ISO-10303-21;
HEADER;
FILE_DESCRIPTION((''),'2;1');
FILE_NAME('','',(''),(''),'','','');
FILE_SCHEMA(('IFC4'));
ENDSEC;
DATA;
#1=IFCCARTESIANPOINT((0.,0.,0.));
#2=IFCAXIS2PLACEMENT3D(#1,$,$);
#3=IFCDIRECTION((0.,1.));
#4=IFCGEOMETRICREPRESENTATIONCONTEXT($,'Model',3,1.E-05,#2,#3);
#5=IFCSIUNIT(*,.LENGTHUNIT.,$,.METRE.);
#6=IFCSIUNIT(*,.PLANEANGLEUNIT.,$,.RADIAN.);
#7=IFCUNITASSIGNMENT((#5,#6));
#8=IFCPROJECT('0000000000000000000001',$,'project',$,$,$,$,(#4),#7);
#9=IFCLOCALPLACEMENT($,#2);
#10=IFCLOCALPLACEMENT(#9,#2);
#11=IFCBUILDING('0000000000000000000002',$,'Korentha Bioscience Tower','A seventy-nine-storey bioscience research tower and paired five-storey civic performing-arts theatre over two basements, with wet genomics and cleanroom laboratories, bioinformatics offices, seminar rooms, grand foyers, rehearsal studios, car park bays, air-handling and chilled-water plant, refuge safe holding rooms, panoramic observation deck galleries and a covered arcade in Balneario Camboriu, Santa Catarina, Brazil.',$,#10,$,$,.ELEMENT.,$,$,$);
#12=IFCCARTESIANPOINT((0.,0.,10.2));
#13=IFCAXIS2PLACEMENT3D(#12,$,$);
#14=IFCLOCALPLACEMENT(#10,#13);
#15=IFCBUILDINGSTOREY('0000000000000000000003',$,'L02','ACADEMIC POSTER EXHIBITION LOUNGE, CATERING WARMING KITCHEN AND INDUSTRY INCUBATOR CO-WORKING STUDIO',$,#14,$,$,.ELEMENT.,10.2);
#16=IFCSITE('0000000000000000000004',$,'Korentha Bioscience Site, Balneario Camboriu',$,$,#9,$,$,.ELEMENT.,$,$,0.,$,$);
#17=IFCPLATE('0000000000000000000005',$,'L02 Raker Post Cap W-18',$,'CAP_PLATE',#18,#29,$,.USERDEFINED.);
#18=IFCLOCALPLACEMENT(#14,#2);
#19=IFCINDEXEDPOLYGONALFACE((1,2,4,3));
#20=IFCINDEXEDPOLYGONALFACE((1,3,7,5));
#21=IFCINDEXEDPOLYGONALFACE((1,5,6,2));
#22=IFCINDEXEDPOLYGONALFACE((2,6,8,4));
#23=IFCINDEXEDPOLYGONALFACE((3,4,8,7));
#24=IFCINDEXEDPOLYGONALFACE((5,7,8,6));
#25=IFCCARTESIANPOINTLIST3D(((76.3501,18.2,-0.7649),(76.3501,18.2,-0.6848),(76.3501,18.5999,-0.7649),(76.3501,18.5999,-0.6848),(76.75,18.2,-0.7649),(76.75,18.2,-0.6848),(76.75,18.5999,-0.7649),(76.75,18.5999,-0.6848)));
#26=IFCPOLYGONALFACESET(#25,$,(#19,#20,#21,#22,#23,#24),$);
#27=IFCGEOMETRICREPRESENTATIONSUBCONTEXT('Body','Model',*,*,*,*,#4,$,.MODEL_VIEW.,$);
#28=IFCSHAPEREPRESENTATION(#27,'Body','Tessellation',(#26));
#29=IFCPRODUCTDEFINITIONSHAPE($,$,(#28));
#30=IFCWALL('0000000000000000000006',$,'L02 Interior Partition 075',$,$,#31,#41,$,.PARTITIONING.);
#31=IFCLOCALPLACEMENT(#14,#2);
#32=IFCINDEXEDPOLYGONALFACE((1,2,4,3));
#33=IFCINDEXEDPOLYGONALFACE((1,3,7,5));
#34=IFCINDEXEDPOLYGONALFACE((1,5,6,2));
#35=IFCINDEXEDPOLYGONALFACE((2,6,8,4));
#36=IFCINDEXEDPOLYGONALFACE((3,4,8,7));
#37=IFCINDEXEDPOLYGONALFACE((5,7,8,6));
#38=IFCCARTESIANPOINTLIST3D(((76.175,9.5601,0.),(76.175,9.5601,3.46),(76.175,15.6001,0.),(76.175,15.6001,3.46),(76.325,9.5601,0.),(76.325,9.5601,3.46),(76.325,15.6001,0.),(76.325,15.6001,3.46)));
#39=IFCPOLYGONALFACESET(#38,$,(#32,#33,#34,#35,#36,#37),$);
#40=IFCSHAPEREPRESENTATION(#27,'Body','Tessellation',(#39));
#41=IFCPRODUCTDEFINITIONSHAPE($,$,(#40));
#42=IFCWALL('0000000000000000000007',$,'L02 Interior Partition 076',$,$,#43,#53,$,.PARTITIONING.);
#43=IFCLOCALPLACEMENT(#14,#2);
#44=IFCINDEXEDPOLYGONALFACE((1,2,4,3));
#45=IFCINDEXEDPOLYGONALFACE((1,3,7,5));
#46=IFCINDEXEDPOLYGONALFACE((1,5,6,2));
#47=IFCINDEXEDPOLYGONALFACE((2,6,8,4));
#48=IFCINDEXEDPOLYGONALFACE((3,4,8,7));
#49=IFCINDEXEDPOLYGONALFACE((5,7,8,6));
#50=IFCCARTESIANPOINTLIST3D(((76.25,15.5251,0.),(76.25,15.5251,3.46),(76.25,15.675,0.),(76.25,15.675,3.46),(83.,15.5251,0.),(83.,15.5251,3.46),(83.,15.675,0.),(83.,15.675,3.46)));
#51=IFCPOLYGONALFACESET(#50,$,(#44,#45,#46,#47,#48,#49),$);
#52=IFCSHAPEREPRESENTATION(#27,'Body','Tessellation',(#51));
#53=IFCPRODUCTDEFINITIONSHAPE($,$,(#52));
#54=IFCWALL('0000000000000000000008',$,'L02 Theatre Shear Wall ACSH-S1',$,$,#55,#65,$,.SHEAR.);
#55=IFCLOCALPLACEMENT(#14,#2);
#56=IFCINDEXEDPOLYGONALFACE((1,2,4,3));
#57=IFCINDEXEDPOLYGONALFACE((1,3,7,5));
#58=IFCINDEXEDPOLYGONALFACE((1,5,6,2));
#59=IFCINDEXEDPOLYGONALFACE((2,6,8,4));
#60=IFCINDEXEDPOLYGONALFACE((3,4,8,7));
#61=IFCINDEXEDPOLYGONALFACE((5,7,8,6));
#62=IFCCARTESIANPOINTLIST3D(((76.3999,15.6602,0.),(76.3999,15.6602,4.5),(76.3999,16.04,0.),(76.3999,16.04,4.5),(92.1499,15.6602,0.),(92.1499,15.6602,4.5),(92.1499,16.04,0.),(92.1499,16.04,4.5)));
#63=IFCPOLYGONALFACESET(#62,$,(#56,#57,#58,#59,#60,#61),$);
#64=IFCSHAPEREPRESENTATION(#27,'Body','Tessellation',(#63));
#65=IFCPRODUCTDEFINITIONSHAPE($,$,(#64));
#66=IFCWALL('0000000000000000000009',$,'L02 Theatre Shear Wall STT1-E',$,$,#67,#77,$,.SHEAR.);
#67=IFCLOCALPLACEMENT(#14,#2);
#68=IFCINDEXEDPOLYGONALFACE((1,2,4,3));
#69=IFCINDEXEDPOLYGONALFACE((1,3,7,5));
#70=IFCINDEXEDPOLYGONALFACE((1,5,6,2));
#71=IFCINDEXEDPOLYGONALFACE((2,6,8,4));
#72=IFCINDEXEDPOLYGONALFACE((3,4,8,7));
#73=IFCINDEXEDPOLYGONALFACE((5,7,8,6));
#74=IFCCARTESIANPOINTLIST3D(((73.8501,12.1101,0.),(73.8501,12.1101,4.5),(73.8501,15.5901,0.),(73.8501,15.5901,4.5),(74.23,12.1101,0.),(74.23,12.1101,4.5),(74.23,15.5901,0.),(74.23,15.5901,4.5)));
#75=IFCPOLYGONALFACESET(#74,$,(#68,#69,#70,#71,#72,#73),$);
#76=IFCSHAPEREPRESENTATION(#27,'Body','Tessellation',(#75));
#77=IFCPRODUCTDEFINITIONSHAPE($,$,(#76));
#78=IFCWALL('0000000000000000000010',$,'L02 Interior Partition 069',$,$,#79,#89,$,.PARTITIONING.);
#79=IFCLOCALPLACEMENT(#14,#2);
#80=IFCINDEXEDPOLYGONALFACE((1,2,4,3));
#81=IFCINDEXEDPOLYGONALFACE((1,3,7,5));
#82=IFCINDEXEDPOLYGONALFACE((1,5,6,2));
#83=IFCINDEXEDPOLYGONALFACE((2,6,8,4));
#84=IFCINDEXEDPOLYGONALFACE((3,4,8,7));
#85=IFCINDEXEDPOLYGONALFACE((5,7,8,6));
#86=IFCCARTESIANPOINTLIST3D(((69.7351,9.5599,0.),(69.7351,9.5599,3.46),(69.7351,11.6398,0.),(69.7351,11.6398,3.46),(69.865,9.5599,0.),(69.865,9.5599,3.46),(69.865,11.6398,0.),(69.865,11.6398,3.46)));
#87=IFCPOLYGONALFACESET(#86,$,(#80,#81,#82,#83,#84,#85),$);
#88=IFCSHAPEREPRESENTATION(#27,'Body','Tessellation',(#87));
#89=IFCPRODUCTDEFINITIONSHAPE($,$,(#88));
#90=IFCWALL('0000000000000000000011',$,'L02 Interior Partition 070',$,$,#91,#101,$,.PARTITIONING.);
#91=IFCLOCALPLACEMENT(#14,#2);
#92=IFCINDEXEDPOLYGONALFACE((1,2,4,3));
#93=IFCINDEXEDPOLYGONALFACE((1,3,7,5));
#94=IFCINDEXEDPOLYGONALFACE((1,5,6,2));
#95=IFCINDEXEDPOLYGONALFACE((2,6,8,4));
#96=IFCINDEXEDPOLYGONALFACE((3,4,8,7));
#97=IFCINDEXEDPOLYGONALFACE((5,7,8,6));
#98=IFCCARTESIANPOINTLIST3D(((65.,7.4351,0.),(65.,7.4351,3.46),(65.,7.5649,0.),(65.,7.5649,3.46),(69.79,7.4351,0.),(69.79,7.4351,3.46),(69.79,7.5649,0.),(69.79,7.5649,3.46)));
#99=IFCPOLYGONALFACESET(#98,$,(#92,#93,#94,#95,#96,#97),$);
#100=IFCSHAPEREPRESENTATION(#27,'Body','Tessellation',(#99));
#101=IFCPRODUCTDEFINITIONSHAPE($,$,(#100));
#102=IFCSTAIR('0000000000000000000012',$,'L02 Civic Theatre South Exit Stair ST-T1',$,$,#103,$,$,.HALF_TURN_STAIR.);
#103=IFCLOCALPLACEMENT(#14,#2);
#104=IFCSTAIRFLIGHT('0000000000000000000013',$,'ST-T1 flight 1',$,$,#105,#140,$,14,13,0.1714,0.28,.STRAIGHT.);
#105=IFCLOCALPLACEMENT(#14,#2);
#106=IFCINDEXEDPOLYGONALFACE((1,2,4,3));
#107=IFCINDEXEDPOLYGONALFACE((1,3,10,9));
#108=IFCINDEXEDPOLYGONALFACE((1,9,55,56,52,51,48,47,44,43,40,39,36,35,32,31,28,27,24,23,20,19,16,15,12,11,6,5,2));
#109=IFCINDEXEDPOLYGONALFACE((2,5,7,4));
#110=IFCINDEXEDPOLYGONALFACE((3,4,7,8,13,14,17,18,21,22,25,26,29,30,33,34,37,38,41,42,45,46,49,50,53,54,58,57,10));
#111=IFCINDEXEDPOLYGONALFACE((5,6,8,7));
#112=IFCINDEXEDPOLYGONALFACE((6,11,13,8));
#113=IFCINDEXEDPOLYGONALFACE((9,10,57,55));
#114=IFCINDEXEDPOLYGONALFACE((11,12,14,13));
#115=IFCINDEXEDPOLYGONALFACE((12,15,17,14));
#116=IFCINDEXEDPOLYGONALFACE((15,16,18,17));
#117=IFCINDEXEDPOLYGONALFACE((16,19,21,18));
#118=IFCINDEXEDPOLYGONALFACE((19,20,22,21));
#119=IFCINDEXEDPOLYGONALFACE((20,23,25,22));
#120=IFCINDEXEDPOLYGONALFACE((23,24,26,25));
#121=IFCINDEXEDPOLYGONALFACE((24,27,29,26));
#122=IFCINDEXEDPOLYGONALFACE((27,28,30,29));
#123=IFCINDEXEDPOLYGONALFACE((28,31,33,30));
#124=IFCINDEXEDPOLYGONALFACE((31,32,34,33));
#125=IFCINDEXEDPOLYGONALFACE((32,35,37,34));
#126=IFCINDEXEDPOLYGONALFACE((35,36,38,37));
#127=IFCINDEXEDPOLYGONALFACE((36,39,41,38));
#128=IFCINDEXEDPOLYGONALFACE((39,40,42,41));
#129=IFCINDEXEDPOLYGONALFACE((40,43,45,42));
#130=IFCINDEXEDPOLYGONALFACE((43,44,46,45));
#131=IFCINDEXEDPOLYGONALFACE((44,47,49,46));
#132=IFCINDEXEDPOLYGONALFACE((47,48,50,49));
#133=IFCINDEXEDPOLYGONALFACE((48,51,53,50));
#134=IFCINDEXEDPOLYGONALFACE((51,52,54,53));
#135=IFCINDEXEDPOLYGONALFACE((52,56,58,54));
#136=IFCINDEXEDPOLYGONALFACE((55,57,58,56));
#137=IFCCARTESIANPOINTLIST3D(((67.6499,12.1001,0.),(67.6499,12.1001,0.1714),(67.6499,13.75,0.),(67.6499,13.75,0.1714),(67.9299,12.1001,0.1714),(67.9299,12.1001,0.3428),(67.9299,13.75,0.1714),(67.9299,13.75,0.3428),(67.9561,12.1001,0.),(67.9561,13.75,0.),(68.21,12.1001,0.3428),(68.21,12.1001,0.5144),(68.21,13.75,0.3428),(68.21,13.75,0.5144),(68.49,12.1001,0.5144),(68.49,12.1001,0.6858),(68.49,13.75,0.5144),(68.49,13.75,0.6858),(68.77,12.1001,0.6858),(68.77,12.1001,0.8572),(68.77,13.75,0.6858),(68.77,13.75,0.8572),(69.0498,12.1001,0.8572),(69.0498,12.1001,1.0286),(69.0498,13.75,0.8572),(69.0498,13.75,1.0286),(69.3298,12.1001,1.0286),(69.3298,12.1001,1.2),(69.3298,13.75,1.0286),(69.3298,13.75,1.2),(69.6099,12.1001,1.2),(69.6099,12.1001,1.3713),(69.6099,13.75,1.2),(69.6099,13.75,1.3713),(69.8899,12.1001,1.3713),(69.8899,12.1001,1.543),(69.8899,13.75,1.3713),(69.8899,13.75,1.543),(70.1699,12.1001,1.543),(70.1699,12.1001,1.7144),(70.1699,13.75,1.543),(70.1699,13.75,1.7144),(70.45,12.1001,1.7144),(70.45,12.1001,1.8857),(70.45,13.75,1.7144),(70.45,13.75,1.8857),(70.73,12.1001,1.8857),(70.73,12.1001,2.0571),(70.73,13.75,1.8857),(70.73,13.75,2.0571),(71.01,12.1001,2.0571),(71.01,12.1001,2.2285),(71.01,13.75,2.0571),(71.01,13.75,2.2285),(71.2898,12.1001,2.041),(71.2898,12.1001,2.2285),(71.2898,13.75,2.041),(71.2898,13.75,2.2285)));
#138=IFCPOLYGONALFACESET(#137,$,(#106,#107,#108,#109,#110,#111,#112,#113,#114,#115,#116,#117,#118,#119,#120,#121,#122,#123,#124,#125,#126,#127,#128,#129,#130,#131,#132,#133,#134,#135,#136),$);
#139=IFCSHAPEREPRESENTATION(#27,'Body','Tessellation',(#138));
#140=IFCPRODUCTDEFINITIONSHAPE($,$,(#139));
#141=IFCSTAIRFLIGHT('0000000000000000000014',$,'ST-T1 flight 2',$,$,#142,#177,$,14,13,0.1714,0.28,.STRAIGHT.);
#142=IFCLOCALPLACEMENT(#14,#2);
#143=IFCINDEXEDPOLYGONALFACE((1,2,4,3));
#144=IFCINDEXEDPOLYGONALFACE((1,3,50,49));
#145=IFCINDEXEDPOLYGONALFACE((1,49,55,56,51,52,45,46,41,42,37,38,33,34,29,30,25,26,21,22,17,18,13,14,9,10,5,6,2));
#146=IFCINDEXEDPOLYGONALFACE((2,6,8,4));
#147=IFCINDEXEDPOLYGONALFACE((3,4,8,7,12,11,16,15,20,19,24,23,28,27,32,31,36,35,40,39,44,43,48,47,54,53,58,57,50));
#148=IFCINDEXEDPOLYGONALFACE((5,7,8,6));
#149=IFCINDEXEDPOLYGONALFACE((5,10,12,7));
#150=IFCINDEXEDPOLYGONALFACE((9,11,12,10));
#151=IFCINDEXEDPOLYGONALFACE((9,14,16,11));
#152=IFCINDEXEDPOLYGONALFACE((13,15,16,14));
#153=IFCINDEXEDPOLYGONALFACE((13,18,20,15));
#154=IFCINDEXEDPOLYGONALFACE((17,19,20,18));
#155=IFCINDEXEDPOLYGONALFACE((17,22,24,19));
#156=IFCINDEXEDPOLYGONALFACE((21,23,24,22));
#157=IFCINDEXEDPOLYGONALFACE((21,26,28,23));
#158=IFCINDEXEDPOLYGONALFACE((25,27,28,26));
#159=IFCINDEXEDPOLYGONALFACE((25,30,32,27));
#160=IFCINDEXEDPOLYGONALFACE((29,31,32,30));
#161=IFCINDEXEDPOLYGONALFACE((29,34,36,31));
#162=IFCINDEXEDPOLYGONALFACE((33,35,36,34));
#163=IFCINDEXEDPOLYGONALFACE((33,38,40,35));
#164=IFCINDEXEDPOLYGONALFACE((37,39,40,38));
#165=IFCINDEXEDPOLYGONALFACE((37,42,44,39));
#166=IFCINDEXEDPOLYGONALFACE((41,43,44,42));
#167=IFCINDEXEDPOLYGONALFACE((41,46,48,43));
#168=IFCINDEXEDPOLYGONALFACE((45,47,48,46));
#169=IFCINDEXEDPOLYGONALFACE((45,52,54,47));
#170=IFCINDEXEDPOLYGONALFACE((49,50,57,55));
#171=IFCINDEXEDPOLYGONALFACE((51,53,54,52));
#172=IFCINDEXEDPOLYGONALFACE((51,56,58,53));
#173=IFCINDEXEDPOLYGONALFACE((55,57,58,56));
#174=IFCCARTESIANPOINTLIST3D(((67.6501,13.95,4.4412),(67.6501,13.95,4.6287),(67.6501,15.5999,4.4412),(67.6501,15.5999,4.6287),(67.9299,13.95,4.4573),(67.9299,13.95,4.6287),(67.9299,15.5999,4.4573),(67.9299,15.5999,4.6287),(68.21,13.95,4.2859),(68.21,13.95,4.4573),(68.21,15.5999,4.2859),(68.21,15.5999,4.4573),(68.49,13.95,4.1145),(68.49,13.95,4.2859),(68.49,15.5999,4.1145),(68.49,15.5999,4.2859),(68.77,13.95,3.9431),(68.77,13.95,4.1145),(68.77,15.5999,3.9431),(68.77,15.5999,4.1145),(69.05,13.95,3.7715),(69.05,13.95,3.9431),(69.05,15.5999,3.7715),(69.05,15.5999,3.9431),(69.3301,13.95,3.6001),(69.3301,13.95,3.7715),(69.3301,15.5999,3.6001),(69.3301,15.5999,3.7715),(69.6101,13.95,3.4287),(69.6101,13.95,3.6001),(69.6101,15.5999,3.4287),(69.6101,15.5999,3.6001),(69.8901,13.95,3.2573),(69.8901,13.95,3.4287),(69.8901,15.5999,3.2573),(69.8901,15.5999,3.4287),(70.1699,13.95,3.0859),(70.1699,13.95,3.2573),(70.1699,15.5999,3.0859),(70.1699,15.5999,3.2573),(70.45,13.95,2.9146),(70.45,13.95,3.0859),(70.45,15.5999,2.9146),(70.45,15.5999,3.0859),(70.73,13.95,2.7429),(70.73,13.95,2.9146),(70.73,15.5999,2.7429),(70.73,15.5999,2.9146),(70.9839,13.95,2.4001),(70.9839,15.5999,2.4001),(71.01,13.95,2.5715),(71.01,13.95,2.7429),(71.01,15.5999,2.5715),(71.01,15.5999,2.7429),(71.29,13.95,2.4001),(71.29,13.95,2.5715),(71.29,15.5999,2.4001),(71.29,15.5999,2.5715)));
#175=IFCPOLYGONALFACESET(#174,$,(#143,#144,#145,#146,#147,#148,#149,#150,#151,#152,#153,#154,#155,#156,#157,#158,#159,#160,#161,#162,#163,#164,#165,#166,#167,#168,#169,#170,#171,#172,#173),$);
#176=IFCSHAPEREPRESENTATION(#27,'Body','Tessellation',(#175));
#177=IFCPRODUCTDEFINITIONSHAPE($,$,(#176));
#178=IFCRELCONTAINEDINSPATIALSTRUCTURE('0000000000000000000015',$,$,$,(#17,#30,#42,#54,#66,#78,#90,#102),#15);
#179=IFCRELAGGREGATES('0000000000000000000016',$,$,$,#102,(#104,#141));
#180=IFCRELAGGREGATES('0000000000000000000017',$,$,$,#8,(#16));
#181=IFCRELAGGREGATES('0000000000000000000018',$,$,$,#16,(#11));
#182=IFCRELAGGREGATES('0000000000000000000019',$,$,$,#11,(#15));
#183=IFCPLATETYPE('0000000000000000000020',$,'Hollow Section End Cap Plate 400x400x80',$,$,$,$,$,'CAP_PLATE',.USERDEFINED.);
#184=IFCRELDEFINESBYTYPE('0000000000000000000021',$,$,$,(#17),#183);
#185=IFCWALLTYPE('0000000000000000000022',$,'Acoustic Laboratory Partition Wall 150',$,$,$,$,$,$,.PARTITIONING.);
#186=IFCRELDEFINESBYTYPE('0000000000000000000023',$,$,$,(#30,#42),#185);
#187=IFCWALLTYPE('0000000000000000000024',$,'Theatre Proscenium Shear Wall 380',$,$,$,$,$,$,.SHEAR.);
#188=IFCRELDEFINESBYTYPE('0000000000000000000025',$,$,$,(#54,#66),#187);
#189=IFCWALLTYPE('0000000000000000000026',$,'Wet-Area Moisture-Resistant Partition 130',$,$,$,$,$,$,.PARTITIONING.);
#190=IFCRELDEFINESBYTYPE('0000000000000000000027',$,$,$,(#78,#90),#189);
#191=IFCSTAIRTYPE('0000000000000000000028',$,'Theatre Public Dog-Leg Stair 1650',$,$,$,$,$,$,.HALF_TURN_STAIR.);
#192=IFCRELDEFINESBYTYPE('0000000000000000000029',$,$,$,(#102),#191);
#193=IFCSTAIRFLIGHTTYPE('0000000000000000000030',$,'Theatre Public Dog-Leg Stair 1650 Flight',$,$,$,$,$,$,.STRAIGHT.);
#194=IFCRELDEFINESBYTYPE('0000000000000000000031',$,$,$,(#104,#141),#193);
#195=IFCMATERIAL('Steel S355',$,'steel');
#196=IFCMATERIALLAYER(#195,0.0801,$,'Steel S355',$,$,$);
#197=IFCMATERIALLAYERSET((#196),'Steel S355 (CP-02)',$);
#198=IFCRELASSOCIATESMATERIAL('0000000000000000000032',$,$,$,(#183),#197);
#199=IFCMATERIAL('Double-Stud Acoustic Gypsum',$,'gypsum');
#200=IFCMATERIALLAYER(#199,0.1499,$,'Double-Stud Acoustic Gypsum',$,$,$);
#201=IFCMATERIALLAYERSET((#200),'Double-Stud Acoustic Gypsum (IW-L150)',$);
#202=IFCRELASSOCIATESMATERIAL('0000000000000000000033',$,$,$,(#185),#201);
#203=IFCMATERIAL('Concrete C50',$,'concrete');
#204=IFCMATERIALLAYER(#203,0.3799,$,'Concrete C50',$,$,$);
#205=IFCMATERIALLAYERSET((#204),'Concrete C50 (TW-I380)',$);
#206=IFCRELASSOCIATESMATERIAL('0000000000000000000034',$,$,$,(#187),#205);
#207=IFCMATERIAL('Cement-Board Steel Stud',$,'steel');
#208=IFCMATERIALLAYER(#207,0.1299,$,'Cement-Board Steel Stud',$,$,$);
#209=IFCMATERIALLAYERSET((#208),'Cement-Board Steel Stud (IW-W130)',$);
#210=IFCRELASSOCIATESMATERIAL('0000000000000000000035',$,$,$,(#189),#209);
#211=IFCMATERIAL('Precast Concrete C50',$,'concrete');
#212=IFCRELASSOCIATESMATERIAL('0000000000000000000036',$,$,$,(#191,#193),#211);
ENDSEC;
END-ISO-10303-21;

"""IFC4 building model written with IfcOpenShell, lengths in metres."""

from ifc_helpers import new_model, si_unit, direction, frame, frame_2d, origin, origin_2d, place, context, subcontext, project, spatial, polyline, rectangle, outline, extrude, material, layer, layer_set, type_object, element, aggregate, save


model = new_model("IFC4")

# Units and contexts
model_context = context("Model", 3, precision=1e-05, world=origin(), true_north=direction((0.0, 1.0)))
body_context = subcontext(model_context, "Body", "Model", "MODEL_VIEW")
ifc_project = project(units=[si_unit("LENGTHUNIT", "METRE"), si_unit("PLANEANGLEUNIT", "RADIAN")], contexts=[model_context])

# Site, building, storey
site_placement = place(None, origin())
site = spatial("IfcSite", under=ifc_project, at=site_placement, Name="Korentha Bioscience Site, Balneario Camboriu", CompositionType="ELEMENT", RefElevation=0.0)
building_placement = place(site_placement, origin())
building = spatial("IfcBuilding", under=site, at=building_placement, Name="Korentha Bioscience Tower", Description="A seventy-nine-storey bioscience research tower and paired five-storey civic performing-arts theatre over two basements, with wet genomics and cleanroom laboratories, bioinformatics offices, seminar rooms, grand foyers, rehearsal studios, car park bays, air-handling and chilled-water plant, refuge safe holding rooms, panoramic observation deck galleries and a covered arcade in Balneario Camboriu, Santa Catarina, Brazil.", CompositionType="ELEMENT")
storey_placement = place(building_placement, frame((0.0, 0.0, 10.2)))
storey = spatial("IfcBuildingStorey", under=building, at=storey_placement, Name="L02", Description="ACADEMIC POSTER EXHIBITION LOUNGE, CATERING WARMING KITCHEN AND INDUSTRY INCUBATOR CO-WORKING STUDIO", CompositionType="ELEMENT", Elevation=10.2)

# Shared definitions
ifc_material_1 = material(Name="Concrete C50", Category="concrete")

# Shared definitions
ifc_material_2 = material(Name="Steel S355", Category="steel")

# Plate
ifc_layer_1 = layer(ifc_material_2, 0.0801, Name="Steel S355")
ifc_layer_set_1 = layer_set([ifc_layer_1], Name="Steel S355 (CP-02)")
plate_type_1 = type_object("IfcPlateType", Name="Hollow Section End Cap Plate 400x400x80", ElementType="CAP_PLATE", PredefinedType="USERDEFINED", material=ifc_layer_set_1)
plate_placement = place(storey_placement, frame((76.55, 18.3999, -0.7649), z_axis=(0.0, 0.0, 1.0), x_axis=(1.0, 0.0, 0.0)))
element("IfcPlate", 1, at=plate_placement, inside=storey, type_object=plate_type_1, Name="L02 Raker Post Cap W-18", ObjectType="CAP_PLATE", PredefinedType="USERDEFINED", context=body_context, shape_type="SweptSolid", body=[
    extrude(rectangle(XDim=0.3999, YDim=0.3999, at=origin_2d()), origin(), (0.0, 0.0, 1.0), 0.0801),
])

# Walls
ifc_material_3 = material(Name="Double-Stud Acoustic Gypsum", Category="gypsum")
ifc_layer_2 = layer(ifc_material_3, 0.1499, Name="Double-Stud Acoustic Gypsum")
ifc_layer_set_2 = layer_set([ifc_layer_2], Name="Double-Stud Acoustic Gypsum (IW-L150)")
wall_type_1 = type_object("IfcWallType", Name="Acoustic Laboratory Partition Wall 150", PredefinedType="PARTITIONING", material=ifc_layer_set_2)
wall_1_placement = place(storey_placement, frame((76.25, 9.5601, 0.0), z_axis=(0.0, 0.0, 1.0), x_axis=(0.0, 1.0, 0.0)))
element("IfcWall", 2, at=wall_1_placement, inside=storey, type_object=wall_type_1, Name="L02 Interior Partition 075", PredefinedType="PARTITIONING", context=body_context, shape_type="SweptSolid", body=[
    extrude(rectangle(XDim=6.04, YDim=0.1499, at=frame_2d((3.02, 0.0))), origin(), (0.0, 0.0, 1.0), 3.46),
])
wall_2_placement = place(storey_placement, frame((76.25, 15.6001, 0.0), z_axis=(0.0, 0.0, 1.0), x_axis=(1.0, 0.0, 0.0)))
element("IfcWall", 3, at=wall_2_placement, inside=storey, type_object=wall_type_1, Name="L02 Interior Partition 076", PredefinedType="PARTITIONING", context=body_context, shape_type="SweptSolid", body=[
    extrude(rectangle(XDim=6.75, YDim=0.1499, at=frame_2d((3.375, 0.0))), origin(), (0.0, 0.0, 1.0), 3.46),
])
ifc_layer_3 = layer(ifc_material_1, 0.3799, Name="Concrete C50")
ifc_layer_set_3 = layer_set([ifc_layer_3], Name="Concrete C50 (TW-I380)")
wall_type_2 = type_object("IfcWallType", Name="Theatre Proscenium Shear Wall 380", PredefinedType="SHEAR", material=ifc_layer_set_3)
wall_3_placement = place(storey_placement, frame((76.3999, 15.8501, 0.0), z_axis=(0.0, 0.0, 1.0), x_axis=(1.0, 0.0, 0.0)))
element("IfcWall", 4, at=wall_3_placement, inside=storey, type_object=wall_type_2, Name="L02 Theatre Shear Wall ACSH-S1", PredefinedType="SHEAR", context=body_context, shape_type="SweptSolid", body=[
    extrude(rectangle(XDim=15.75, YDim=0.3799, at=frame_2d((7.875, 0.0))), origin(), (0.0, 0.0, 1.0), 4.5),
])
wall_4_placement = place(storey_placement, frame((74.04, 12.1101, 0.0), z_axis=(0.0, 0.0, 1.0), x_axis=(0.0, 1.0, 0.0)))
element("IfcWall", 5, at=wall_4_placement, inside=storey, type_object=wall_type_2, Name="L02 Theatre Shear Wall STT1-E", PredefinedType="SHEAR", context=body_context, shape_type="SweptSolid", body=[
    extrude(rectangle(XDim=3.48, YDim=0.3799, at=frame_2d((1.74, 0.0))), origin(), (0.0, 0.0, 1.0), 4.5),
])

# Shared definitions
ifc_material_4 = material(Name="Cement-Board Steel Stud", Category="steel")
ifc_layer_4 = layer(ifc_material_4, 0.1299, Name="Cement-Board Steel Stud")
ifc_layer_set_4 = layer_set([ifc_layer_4], Name="Cement-Board Steel Stud (IW-W130)")
wall_type_3 = type_object("IfcWallType", Name="Wet-Area Moisture-Resistant Partition 130", PredefinedType="PARTITIONING", material=ifc_layer_set_4)

# Walls
wall_5_placement = place(storey_placement, frame((69.8, 11.6399, 0.0), z_axis=(0.0, 0.0, 1.0), x_axis=(0.0, -1.0, 0.0)))
element("IfcWall", 6, at=wall_5_placement, inside=storey, type_object=wall_type_3, Name="L02 Interior Partition 069", PredefinedType="PARTITIONING", context=body_context, shape_type="SweptSolid", body=[
    extrude(rectangle(XDim=2.0798, YDim=0.1299, at=frame_2d((1.04, 0.0))), origin(), (0.0, 0.0, 1.0), 3.46),
])
wall_6_placement = place(storey_placement, frame((69.79, 7.5, 0.0), z_axis=(0.0, 0.0, 1.0), x_axis=(-1.0, 0.0, 0.0)))
element("IfcWall", 7, at=wall_6_placement, inside=storey, type_object=wall_type_3, Name="L02 Interior Partition 070", PredefinedType="PARTITIONING", context=body_context, shape_type="SweptSolid", body=[
    extrude(rectangle(XDim=4.79, YDim=0.1299, at=frame_2d((2.395, 0.0))), origin(), (0.0, 0.0, 1.0), 3.46),
])

# Stair, stair flights
ifc_material_5 = material(Name="Precast Concrete C50", Category="concrete")
stair_type = type_object("IfcStairType", Name="Theatre Public Dog-Leg Stair 1650", PredefinedType="HALF_TURN_STAIR", material=ifc_material_5)
stair_placement = place(storey_placement, origin())
stair = element("IfcStair", 8, at=stair_placement, inside=storey, type_object=stair_type, Name="L02 Civic Theatre South Exit Stair ST-T1", PredefinedType="HALF_TURN_STAIR")
stair_flight_type = type_object("IfcStairFlightType", Name="Theatre Public Dog-Leg Stair 1650 Flight", PredefinedType="STRAIGHT", material=ifc_material_5)
stair_flight_1_placement = place(storey_placement, frame((67.6499, 12.925, 0.0), z_axis=(0.0, 0.0, 1.0), x_axis=(1.0, 0.0, 0.0)))
stair_flight_1 = element("IfcStairFlight", 9, at=stair_flight_1_placement, type_object=stair_flight_type, Name="ST-T1 flight 1", NumberOfRisers=14, NumberOfTreads=13, PredefinedType="STRAIGHT", RiserHeight=0.1714, TreadLength=0.28, context=body_context, shape_type="SweptSolid", body=[
    extrude(outline(polyline([(0.0, 0.0), (0.0, 0.1714), (0.28, 0.1714), (0.28, 0.3428), (0.5601, 0.3428), (0.5601, 0.5144), (0.8401, 0.5144), (0.8401, 0.6858), (1.1201, 0.6858), (1.1201, 0.8572), (1.3999, 0.8572), (1.3999, 1.0286), (1.6799, 1.0286), (1.6799, 1.2), (1.96, 1.2), (1.96, 1.3713), (2.24, 1.3713), (2.24, 1.543), (2.52, 1.543), (2.52, 1.7144), (2.8, 1.7144), (2.8, 1.8857), (3.0801, 1.8857), (3.0801, 2.0571), (3.3601, 2.0571), (3.3601, 2.2285), (3.6399, 2.2285), (3.6399, 2.3999), (3.6399, 2.041), (0.3062, 0.0), (0.0, 0.0)])), frame((0.0, 0.825, 0.0), z_axis=(0.0, -1.0, 0.0), x_axis=(1.0, 0.0, 0.0)), (0.0, 0.0, 1.0), 1.6499),
])
stair_flight_2_placement = place(storey_placement, frame((71.29, 14.7749, 2.4001), z_axis=(0.0, 0.0, 1.0), x_axis=(-1.0, 0.0, 0.0)))
stair_flight_2 = element("IfcStairFlight", 10, at=stair_flight_2_placement, type_object=stair_flight_type, Name="ST-T1 flight 2", NumberOfRisers=14, NumberOfTreads=13, PredefinedType="STRAIGHT", RiserHeight=0.1714, TreadLength=0.28, context=body_context, shape_type="SweptSolid", body=[
    extrude(outline(polyline([(0.0, 0.0), (0.0, 0.1714), (0.28, 0.1714), (0.28, 0.3428), (0.5601, 0.3428), (0.5601, 0.5144), (0.8401, 0.5144), (0.8401, 0.6858), (1.1201, 0.6858), (1.1201, 0.8572), (1.3999, 0.8572), (1.3999, 1.0286), (1.6799, 1.0286), (1.6799, 1.2), (1.96, 1.2), (1.96, 1.3713), (2.24, 1.3713), (2.24, 1.543), (2.52, 1.543), (2.52, 1.7144), (2.8, 1.7144), (2.8, 1.8857), (3.0801, 1.8857), (3.0801, 2.0571), (3.3601, 2.0571), (3.3601, 2.2285), (3.6399, 2.2285), (3.6399, 2.3999), (3.6399, 2.041), (0.3062, 0.0), (0.0, 0.0)])), frame((0.0, 0.825, 0.0), z_axis=(0.0, -1.0, 0.0), x_axis=(1.0, 0.0, 0.0)), (0.0, 0.0, 1.0), 1.6499),
])
aggregate(stair, [stair_flight_1, stair_flight_2])

save(model, "model.ifc")
